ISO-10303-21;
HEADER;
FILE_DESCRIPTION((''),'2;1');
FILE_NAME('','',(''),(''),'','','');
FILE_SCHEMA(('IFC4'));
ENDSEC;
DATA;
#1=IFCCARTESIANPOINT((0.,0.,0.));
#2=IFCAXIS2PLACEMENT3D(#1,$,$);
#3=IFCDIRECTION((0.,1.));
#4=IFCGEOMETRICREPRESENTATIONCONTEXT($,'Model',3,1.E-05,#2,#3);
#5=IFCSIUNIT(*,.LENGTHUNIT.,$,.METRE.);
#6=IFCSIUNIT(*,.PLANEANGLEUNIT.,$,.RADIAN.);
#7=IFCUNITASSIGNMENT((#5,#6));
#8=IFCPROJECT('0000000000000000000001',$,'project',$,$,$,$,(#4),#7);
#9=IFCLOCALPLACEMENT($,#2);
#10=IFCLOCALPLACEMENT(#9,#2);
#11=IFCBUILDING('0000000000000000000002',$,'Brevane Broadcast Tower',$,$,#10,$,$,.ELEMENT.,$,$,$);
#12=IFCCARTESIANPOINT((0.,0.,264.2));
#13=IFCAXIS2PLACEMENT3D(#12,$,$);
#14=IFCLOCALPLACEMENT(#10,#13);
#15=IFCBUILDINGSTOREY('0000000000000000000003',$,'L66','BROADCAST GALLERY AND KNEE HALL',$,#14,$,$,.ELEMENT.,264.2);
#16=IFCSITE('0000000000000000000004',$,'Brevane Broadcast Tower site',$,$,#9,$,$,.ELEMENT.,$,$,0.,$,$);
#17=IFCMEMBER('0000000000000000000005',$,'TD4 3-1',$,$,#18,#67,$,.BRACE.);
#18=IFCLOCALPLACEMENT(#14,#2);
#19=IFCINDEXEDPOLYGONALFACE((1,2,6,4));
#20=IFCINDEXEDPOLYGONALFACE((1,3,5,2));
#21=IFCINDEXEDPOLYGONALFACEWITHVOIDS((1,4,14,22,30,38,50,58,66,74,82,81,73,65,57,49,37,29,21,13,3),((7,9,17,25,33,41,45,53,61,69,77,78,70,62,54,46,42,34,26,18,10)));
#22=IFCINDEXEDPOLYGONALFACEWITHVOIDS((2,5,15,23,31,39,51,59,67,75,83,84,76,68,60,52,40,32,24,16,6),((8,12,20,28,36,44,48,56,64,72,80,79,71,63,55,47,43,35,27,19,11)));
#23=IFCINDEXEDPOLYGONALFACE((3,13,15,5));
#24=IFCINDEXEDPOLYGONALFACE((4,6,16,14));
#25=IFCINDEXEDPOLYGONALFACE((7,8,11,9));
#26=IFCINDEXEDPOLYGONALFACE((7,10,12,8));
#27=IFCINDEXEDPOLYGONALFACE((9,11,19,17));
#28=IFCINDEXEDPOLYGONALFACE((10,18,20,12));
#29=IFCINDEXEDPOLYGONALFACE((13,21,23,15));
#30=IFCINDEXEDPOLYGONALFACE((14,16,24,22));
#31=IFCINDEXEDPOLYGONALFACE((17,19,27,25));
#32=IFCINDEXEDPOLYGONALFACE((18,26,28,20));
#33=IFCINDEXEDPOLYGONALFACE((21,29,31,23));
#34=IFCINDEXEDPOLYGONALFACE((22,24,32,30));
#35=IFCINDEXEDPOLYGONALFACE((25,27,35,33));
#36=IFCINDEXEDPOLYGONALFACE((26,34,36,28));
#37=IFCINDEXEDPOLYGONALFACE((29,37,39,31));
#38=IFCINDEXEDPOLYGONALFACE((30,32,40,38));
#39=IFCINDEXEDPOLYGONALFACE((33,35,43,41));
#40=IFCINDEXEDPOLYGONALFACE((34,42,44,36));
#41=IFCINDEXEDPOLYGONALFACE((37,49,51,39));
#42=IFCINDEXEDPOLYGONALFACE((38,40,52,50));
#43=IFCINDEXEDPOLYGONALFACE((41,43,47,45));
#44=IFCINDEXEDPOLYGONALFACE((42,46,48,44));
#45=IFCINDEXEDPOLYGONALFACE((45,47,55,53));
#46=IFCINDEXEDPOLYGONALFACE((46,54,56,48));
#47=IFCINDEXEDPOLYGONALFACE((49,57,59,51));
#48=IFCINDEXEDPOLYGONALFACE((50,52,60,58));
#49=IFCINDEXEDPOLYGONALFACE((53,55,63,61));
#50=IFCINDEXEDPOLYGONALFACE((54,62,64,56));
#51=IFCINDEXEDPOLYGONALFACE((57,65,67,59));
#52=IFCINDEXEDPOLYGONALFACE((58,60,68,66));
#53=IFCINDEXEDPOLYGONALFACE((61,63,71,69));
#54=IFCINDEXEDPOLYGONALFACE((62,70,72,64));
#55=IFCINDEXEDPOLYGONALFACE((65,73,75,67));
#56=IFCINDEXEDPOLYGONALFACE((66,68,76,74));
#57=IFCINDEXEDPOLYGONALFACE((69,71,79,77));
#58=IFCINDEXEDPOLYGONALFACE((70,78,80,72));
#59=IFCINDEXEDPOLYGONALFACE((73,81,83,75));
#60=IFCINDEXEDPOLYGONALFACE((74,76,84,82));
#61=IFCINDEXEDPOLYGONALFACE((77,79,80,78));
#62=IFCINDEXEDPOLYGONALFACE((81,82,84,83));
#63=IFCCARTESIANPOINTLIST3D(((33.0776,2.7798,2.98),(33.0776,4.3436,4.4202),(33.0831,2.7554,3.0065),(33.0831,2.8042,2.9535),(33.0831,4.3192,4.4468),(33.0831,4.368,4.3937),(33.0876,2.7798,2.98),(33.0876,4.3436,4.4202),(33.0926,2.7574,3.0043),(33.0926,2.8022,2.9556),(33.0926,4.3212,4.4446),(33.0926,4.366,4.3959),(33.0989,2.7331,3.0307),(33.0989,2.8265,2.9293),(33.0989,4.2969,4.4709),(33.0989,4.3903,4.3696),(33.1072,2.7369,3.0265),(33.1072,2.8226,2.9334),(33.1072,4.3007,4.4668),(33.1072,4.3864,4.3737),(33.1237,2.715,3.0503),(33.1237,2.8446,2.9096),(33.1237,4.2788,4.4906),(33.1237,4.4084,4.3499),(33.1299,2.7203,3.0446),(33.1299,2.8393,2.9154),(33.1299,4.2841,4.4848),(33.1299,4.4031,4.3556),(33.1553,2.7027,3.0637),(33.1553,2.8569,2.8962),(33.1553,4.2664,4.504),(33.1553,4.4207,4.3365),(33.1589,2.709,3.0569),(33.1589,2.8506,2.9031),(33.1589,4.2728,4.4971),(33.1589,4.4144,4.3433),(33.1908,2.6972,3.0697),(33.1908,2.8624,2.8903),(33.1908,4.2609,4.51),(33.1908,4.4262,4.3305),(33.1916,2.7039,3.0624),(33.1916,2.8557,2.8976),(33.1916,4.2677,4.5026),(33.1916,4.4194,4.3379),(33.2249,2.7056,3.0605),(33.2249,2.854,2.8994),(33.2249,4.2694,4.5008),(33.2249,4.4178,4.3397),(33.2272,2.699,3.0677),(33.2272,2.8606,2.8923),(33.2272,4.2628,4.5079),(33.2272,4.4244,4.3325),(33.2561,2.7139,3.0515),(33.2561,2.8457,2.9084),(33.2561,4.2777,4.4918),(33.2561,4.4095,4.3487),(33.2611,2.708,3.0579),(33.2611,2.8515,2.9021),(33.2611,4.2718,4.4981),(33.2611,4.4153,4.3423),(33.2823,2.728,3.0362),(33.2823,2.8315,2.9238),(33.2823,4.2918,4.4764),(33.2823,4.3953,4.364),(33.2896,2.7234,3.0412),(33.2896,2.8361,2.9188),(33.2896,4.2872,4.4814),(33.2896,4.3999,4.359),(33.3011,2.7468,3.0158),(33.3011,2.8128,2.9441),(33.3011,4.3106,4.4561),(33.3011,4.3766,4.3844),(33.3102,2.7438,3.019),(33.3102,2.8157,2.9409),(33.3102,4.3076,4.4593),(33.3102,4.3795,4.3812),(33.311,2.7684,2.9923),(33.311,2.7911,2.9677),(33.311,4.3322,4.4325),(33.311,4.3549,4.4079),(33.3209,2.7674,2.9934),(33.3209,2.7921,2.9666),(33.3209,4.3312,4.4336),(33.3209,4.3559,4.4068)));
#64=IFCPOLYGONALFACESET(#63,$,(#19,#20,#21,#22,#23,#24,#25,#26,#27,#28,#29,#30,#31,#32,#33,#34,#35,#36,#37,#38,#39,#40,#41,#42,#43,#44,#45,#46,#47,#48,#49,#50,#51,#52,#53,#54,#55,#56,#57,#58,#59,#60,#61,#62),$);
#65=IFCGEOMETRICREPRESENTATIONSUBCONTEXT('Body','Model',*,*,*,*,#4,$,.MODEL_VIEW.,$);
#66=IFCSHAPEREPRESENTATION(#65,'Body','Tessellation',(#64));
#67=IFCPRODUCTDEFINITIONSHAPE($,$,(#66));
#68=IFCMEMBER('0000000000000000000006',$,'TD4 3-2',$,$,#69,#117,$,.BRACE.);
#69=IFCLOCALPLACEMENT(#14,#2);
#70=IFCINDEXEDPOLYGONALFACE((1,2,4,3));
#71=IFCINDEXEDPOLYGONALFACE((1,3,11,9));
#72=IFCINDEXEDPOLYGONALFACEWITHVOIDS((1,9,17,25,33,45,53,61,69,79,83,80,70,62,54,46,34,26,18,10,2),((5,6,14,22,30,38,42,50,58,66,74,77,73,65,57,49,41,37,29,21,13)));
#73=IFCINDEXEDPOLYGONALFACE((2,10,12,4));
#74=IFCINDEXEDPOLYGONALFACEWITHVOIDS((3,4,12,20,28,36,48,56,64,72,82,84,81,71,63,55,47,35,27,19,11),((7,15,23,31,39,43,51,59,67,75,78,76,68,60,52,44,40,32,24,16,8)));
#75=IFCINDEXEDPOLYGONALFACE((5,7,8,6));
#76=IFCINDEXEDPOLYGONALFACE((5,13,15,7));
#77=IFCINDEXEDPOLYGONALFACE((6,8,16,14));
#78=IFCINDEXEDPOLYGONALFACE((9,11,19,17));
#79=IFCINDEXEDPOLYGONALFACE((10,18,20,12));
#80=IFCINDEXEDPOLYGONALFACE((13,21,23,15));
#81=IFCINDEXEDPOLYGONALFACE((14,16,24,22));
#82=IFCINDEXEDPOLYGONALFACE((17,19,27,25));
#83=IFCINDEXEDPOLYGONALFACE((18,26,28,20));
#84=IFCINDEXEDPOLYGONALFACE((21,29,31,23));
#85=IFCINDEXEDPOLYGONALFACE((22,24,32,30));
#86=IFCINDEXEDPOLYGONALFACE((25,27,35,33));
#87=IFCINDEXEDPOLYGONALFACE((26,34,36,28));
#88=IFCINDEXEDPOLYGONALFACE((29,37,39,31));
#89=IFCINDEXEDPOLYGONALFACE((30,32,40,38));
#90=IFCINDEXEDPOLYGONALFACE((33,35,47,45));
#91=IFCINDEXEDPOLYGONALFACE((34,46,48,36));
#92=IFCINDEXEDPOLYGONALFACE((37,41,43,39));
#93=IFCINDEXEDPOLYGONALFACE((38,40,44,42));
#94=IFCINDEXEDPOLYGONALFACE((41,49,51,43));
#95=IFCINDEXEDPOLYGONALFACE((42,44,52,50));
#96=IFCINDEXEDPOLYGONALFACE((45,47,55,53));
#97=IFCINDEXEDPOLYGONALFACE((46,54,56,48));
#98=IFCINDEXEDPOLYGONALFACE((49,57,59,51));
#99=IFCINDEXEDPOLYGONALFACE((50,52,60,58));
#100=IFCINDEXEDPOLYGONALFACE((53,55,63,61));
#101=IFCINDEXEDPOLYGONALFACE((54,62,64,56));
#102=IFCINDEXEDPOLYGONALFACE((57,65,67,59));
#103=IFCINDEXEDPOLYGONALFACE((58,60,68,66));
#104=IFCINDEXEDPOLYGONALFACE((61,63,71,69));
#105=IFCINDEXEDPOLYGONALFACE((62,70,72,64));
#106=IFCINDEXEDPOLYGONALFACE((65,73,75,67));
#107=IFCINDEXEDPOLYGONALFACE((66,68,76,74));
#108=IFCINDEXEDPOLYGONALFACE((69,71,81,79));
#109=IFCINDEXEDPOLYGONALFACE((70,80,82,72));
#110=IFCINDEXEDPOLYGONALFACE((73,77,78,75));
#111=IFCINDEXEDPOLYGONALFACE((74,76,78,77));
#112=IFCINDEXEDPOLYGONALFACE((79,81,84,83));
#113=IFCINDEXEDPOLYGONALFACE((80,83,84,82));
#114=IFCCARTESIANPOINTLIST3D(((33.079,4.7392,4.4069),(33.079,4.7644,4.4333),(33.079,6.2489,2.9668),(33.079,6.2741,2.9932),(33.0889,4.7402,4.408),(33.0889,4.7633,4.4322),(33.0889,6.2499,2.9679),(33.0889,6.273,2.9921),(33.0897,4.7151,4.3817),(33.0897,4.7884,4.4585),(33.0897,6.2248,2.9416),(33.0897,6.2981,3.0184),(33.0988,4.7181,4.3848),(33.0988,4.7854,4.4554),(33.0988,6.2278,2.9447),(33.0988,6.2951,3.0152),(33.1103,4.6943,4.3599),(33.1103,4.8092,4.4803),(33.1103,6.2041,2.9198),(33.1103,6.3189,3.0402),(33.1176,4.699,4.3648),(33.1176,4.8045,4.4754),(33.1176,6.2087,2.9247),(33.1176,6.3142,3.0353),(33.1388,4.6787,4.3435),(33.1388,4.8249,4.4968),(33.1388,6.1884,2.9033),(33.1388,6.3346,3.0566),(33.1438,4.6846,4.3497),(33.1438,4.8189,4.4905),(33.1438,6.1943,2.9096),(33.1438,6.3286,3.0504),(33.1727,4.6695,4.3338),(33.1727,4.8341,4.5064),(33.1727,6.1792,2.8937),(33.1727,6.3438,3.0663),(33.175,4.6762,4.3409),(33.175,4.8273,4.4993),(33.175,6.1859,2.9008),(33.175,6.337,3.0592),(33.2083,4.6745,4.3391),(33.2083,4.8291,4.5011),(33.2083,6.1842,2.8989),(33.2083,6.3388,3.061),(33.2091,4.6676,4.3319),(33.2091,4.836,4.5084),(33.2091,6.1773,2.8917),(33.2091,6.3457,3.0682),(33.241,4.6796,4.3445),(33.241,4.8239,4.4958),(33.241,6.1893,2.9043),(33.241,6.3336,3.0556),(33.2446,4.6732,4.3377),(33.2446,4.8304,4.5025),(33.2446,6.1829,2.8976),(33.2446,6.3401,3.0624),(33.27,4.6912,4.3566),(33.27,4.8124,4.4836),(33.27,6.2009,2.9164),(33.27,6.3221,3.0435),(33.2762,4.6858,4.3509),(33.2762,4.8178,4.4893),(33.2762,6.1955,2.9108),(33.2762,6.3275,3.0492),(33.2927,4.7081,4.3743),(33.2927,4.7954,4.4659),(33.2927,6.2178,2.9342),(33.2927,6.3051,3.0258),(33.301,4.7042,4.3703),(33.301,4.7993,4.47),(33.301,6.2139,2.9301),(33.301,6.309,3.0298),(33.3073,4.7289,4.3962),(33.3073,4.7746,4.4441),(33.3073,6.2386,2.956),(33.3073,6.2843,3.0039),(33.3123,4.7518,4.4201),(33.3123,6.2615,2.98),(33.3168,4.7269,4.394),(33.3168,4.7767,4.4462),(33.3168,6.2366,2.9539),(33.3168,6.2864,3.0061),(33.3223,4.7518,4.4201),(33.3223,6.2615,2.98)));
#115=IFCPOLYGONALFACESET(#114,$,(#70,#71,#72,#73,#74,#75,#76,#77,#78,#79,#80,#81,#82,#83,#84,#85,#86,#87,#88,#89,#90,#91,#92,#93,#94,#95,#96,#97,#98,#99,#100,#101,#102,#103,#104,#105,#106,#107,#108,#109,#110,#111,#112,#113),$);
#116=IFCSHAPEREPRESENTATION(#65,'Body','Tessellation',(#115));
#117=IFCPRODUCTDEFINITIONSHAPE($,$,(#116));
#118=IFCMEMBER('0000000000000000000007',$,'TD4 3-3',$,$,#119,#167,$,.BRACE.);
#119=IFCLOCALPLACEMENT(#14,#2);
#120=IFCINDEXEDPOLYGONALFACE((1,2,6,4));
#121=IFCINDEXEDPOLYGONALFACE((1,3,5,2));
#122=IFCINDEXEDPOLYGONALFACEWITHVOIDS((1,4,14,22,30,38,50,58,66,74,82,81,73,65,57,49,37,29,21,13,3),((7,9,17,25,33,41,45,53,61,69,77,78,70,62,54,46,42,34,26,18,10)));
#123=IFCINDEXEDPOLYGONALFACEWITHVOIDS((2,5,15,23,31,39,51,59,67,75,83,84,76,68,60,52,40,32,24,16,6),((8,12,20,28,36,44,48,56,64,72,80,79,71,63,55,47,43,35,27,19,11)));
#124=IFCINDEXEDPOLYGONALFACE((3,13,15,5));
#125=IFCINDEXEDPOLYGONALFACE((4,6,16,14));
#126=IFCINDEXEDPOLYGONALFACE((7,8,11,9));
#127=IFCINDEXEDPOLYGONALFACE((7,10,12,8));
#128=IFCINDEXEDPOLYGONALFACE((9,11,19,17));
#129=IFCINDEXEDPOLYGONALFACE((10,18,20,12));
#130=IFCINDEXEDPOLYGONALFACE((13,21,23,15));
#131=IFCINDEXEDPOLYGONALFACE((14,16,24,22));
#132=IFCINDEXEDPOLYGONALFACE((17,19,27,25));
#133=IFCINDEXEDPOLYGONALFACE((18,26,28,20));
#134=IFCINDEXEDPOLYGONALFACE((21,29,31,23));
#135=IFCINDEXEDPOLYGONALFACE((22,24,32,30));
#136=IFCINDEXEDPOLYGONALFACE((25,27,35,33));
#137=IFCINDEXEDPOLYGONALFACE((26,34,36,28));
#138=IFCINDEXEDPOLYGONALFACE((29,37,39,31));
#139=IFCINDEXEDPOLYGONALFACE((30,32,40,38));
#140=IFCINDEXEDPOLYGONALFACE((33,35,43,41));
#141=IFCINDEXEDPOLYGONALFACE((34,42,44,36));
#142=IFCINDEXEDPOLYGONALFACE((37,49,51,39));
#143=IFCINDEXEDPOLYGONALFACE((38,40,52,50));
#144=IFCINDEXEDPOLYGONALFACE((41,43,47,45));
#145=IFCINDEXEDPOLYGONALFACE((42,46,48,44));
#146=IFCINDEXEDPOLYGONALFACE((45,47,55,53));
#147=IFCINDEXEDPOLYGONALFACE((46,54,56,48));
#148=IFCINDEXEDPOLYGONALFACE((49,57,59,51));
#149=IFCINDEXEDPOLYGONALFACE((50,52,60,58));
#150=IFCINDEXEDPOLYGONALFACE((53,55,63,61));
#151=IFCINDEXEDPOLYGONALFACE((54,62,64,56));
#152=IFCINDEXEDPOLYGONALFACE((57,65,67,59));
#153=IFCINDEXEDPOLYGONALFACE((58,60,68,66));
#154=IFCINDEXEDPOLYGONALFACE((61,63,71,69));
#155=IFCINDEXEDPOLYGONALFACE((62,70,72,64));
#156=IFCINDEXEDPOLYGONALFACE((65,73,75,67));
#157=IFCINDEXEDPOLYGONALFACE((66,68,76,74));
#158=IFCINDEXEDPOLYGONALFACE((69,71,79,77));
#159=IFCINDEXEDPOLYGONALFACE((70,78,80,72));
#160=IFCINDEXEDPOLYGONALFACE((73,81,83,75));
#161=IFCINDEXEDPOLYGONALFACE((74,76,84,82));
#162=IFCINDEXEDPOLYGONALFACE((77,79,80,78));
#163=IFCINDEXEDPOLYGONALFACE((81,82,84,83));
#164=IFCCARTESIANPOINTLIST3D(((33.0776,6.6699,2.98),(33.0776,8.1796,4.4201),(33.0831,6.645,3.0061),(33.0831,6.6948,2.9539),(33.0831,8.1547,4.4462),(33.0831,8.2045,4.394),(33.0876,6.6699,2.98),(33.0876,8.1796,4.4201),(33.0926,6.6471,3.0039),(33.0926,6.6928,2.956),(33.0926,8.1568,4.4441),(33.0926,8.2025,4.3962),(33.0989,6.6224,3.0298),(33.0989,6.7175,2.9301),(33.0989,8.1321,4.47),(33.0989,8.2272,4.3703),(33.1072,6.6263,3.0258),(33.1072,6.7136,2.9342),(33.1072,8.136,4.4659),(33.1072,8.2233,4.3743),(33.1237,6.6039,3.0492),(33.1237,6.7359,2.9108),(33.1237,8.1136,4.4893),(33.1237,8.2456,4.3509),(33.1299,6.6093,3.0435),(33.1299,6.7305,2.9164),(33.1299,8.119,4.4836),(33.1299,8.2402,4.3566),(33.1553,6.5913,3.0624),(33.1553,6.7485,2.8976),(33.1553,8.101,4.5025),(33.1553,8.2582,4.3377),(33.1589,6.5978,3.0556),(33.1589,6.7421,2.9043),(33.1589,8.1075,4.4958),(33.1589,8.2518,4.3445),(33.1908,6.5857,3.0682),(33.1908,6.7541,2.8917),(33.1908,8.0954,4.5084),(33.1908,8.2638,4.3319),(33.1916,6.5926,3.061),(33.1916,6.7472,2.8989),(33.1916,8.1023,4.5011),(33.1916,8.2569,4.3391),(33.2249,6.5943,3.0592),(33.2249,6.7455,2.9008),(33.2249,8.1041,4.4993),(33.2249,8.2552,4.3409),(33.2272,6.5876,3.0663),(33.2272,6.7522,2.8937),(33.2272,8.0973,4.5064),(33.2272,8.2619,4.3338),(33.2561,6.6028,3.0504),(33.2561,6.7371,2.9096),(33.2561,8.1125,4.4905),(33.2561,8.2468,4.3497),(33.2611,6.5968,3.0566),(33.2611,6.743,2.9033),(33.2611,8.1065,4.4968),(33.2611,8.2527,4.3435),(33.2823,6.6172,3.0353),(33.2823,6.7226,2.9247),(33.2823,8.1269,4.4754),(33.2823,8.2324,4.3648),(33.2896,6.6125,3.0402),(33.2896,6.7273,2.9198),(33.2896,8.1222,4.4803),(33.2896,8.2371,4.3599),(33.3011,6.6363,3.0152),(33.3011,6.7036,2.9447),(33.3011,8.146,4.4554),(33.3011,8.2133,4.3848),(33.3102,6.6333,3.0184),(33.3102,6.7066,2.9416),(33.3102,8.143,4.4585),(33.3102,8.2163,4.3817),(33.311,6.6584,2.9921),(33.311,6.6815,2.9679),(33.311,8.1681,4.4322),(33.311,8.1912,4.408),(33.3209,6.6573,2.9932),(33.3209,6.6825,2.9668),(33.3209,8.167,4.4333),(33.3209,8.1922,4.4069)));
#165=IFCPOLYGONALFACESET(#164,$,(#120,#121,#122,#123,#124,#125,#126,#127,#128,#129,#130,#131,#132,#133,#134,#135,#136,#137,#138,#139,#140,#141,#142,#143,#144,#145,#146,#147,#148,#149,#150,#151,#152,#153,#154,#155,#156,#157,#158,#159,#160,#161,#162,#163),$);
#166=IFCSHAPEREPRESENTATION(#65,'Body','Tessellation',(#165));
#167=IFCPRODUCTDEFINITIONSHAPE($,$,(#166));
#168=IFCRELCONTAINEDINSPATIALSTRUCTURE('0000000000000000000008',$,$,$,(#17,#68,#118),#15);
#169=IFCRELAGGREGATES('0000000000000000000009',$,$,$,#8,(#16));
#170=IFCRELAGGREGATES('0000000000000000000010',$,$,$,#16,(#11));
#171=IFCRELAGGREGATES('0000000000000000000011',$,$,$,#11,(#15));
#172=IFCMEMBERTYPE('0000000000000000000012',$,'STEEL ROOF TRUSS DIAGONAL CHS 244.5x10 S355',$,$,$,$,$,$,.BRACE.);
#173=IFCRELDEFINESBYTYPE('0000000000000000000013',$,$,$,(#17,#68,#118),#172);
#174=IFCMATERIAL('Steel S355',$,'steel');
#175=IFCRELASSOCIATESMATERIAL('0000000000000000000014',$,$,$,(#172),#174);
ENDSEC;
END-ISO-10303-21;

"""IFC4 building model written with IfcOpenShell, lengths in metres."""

from ifc_helpers import new_model, si_unit, direction, frame, origin, origin_2d, place, context, subcontext, project, spatial, hollow_circle, extrude, material, material_profile, profile_set, type_object, element, save


model = new_model("IFC4")

# Units and contexts
model_context = context("Model", 3, precision=1e-05, world=origin(), true_north=direction((0.0, 1.0)))
body_context = subcontext(model_context, "Body", "Model", "MODEL_VIEW")
ifc_project = project(units=[si_unit("LENGTHUNIT", "METRE"), si_unit("PLANEANGLEUNIT", "RADIAN")], contexts=[model_context])

# Site, building, storey
site_placement = place(None, origin())
site = spatial("IfcSite", under=ifc_project, at=site_placement, Name="Brevane Broadcast Tower site", CompositionType="ELEMENT", RefElevation=0.0)
building_placement = place(site_placement, origin())
building = spatial("IfcBuilding", under=site, at=building_placement, Name="Brevane Broadcast Tower", CompositionType="ELEMENT")
storey_placement = place(building_placement, frame((0.0, 0.0, 264.2)))
storey = spatial("IfcBuildingStorey", under=building, at=storey_placement, Name="L66", Description="BROADCAST GALLERY AND KNEE HALL", CompositionType="ELEMENT", Elevation=264.2)

# Shared definitions
ifc_material_1 = material(Name="Steel S355", Category="steel")

# Members
ifc_material_profile_1 = material_profile(ifc_material_1, hollow_circle(Radius=0.1223, WallThickness=0.01, at=origin_2d()), Name="CHS 244.5x10")
ifc_profile_set_1 = profile_set([ifc_material_profile_1], Name="Steel S355")
member_type_1 = type_object("IfcMemberType", Name="STEEL ROOF TRUSS DIAGONAL CHS 244.5x10 S355", PredefinedType="BRACE", material=ifc_profile_set_1)
member_1_placement = place(storey_placement, frame((33.2, 2.7798, 2.98), z_axis=(0.0, 0.735565, 0.677454), x_axis=(-1.0, 0.0, 0.0)))
element("IfcMember", 1, at=member_1_placement, inside=storey, type_object=member_type_1, Name="TD4 3-1", PredefinedType="BRACE", context=body_context, shape_type="SweptSolid", body=[
    extrude(hollow_circle(Radius=0.1223, WallThickness=0.01, at=origin_2d()), origin(), (0.0, 0.0, 1.0), 2.126),
])
for number, where, z_axis, x_axis, name in (
    (2, (33.2, 6.2615, 2.98), (0.0, -0.723584, 0.690236), (1.0, 0.0, 0.0), "TD4 3-2"),
    (3, (33.2, 6.6699, 2.98), (0.0, 0.723584, 0.690236), (-1.0, 0.0, 0.0), "TD4 3-3"),
):
    element("IfcMember", number, at=place(storey_placement, frame(where, z_axis=z_axis, x_axis=x_axis)), inside=storey, type_object=member_type_1, Name=name, PredefinedType="BRACE", context=body_context, shape_type="SweptSolid", body=[
        extrude(hollow_circle(Radius=0.1223, WallThickness=0.01, at=origin_2d()), origin(), (0.0, 0.0, 1.0), 2.0864),
    ])

save(model, "model.ifc")
